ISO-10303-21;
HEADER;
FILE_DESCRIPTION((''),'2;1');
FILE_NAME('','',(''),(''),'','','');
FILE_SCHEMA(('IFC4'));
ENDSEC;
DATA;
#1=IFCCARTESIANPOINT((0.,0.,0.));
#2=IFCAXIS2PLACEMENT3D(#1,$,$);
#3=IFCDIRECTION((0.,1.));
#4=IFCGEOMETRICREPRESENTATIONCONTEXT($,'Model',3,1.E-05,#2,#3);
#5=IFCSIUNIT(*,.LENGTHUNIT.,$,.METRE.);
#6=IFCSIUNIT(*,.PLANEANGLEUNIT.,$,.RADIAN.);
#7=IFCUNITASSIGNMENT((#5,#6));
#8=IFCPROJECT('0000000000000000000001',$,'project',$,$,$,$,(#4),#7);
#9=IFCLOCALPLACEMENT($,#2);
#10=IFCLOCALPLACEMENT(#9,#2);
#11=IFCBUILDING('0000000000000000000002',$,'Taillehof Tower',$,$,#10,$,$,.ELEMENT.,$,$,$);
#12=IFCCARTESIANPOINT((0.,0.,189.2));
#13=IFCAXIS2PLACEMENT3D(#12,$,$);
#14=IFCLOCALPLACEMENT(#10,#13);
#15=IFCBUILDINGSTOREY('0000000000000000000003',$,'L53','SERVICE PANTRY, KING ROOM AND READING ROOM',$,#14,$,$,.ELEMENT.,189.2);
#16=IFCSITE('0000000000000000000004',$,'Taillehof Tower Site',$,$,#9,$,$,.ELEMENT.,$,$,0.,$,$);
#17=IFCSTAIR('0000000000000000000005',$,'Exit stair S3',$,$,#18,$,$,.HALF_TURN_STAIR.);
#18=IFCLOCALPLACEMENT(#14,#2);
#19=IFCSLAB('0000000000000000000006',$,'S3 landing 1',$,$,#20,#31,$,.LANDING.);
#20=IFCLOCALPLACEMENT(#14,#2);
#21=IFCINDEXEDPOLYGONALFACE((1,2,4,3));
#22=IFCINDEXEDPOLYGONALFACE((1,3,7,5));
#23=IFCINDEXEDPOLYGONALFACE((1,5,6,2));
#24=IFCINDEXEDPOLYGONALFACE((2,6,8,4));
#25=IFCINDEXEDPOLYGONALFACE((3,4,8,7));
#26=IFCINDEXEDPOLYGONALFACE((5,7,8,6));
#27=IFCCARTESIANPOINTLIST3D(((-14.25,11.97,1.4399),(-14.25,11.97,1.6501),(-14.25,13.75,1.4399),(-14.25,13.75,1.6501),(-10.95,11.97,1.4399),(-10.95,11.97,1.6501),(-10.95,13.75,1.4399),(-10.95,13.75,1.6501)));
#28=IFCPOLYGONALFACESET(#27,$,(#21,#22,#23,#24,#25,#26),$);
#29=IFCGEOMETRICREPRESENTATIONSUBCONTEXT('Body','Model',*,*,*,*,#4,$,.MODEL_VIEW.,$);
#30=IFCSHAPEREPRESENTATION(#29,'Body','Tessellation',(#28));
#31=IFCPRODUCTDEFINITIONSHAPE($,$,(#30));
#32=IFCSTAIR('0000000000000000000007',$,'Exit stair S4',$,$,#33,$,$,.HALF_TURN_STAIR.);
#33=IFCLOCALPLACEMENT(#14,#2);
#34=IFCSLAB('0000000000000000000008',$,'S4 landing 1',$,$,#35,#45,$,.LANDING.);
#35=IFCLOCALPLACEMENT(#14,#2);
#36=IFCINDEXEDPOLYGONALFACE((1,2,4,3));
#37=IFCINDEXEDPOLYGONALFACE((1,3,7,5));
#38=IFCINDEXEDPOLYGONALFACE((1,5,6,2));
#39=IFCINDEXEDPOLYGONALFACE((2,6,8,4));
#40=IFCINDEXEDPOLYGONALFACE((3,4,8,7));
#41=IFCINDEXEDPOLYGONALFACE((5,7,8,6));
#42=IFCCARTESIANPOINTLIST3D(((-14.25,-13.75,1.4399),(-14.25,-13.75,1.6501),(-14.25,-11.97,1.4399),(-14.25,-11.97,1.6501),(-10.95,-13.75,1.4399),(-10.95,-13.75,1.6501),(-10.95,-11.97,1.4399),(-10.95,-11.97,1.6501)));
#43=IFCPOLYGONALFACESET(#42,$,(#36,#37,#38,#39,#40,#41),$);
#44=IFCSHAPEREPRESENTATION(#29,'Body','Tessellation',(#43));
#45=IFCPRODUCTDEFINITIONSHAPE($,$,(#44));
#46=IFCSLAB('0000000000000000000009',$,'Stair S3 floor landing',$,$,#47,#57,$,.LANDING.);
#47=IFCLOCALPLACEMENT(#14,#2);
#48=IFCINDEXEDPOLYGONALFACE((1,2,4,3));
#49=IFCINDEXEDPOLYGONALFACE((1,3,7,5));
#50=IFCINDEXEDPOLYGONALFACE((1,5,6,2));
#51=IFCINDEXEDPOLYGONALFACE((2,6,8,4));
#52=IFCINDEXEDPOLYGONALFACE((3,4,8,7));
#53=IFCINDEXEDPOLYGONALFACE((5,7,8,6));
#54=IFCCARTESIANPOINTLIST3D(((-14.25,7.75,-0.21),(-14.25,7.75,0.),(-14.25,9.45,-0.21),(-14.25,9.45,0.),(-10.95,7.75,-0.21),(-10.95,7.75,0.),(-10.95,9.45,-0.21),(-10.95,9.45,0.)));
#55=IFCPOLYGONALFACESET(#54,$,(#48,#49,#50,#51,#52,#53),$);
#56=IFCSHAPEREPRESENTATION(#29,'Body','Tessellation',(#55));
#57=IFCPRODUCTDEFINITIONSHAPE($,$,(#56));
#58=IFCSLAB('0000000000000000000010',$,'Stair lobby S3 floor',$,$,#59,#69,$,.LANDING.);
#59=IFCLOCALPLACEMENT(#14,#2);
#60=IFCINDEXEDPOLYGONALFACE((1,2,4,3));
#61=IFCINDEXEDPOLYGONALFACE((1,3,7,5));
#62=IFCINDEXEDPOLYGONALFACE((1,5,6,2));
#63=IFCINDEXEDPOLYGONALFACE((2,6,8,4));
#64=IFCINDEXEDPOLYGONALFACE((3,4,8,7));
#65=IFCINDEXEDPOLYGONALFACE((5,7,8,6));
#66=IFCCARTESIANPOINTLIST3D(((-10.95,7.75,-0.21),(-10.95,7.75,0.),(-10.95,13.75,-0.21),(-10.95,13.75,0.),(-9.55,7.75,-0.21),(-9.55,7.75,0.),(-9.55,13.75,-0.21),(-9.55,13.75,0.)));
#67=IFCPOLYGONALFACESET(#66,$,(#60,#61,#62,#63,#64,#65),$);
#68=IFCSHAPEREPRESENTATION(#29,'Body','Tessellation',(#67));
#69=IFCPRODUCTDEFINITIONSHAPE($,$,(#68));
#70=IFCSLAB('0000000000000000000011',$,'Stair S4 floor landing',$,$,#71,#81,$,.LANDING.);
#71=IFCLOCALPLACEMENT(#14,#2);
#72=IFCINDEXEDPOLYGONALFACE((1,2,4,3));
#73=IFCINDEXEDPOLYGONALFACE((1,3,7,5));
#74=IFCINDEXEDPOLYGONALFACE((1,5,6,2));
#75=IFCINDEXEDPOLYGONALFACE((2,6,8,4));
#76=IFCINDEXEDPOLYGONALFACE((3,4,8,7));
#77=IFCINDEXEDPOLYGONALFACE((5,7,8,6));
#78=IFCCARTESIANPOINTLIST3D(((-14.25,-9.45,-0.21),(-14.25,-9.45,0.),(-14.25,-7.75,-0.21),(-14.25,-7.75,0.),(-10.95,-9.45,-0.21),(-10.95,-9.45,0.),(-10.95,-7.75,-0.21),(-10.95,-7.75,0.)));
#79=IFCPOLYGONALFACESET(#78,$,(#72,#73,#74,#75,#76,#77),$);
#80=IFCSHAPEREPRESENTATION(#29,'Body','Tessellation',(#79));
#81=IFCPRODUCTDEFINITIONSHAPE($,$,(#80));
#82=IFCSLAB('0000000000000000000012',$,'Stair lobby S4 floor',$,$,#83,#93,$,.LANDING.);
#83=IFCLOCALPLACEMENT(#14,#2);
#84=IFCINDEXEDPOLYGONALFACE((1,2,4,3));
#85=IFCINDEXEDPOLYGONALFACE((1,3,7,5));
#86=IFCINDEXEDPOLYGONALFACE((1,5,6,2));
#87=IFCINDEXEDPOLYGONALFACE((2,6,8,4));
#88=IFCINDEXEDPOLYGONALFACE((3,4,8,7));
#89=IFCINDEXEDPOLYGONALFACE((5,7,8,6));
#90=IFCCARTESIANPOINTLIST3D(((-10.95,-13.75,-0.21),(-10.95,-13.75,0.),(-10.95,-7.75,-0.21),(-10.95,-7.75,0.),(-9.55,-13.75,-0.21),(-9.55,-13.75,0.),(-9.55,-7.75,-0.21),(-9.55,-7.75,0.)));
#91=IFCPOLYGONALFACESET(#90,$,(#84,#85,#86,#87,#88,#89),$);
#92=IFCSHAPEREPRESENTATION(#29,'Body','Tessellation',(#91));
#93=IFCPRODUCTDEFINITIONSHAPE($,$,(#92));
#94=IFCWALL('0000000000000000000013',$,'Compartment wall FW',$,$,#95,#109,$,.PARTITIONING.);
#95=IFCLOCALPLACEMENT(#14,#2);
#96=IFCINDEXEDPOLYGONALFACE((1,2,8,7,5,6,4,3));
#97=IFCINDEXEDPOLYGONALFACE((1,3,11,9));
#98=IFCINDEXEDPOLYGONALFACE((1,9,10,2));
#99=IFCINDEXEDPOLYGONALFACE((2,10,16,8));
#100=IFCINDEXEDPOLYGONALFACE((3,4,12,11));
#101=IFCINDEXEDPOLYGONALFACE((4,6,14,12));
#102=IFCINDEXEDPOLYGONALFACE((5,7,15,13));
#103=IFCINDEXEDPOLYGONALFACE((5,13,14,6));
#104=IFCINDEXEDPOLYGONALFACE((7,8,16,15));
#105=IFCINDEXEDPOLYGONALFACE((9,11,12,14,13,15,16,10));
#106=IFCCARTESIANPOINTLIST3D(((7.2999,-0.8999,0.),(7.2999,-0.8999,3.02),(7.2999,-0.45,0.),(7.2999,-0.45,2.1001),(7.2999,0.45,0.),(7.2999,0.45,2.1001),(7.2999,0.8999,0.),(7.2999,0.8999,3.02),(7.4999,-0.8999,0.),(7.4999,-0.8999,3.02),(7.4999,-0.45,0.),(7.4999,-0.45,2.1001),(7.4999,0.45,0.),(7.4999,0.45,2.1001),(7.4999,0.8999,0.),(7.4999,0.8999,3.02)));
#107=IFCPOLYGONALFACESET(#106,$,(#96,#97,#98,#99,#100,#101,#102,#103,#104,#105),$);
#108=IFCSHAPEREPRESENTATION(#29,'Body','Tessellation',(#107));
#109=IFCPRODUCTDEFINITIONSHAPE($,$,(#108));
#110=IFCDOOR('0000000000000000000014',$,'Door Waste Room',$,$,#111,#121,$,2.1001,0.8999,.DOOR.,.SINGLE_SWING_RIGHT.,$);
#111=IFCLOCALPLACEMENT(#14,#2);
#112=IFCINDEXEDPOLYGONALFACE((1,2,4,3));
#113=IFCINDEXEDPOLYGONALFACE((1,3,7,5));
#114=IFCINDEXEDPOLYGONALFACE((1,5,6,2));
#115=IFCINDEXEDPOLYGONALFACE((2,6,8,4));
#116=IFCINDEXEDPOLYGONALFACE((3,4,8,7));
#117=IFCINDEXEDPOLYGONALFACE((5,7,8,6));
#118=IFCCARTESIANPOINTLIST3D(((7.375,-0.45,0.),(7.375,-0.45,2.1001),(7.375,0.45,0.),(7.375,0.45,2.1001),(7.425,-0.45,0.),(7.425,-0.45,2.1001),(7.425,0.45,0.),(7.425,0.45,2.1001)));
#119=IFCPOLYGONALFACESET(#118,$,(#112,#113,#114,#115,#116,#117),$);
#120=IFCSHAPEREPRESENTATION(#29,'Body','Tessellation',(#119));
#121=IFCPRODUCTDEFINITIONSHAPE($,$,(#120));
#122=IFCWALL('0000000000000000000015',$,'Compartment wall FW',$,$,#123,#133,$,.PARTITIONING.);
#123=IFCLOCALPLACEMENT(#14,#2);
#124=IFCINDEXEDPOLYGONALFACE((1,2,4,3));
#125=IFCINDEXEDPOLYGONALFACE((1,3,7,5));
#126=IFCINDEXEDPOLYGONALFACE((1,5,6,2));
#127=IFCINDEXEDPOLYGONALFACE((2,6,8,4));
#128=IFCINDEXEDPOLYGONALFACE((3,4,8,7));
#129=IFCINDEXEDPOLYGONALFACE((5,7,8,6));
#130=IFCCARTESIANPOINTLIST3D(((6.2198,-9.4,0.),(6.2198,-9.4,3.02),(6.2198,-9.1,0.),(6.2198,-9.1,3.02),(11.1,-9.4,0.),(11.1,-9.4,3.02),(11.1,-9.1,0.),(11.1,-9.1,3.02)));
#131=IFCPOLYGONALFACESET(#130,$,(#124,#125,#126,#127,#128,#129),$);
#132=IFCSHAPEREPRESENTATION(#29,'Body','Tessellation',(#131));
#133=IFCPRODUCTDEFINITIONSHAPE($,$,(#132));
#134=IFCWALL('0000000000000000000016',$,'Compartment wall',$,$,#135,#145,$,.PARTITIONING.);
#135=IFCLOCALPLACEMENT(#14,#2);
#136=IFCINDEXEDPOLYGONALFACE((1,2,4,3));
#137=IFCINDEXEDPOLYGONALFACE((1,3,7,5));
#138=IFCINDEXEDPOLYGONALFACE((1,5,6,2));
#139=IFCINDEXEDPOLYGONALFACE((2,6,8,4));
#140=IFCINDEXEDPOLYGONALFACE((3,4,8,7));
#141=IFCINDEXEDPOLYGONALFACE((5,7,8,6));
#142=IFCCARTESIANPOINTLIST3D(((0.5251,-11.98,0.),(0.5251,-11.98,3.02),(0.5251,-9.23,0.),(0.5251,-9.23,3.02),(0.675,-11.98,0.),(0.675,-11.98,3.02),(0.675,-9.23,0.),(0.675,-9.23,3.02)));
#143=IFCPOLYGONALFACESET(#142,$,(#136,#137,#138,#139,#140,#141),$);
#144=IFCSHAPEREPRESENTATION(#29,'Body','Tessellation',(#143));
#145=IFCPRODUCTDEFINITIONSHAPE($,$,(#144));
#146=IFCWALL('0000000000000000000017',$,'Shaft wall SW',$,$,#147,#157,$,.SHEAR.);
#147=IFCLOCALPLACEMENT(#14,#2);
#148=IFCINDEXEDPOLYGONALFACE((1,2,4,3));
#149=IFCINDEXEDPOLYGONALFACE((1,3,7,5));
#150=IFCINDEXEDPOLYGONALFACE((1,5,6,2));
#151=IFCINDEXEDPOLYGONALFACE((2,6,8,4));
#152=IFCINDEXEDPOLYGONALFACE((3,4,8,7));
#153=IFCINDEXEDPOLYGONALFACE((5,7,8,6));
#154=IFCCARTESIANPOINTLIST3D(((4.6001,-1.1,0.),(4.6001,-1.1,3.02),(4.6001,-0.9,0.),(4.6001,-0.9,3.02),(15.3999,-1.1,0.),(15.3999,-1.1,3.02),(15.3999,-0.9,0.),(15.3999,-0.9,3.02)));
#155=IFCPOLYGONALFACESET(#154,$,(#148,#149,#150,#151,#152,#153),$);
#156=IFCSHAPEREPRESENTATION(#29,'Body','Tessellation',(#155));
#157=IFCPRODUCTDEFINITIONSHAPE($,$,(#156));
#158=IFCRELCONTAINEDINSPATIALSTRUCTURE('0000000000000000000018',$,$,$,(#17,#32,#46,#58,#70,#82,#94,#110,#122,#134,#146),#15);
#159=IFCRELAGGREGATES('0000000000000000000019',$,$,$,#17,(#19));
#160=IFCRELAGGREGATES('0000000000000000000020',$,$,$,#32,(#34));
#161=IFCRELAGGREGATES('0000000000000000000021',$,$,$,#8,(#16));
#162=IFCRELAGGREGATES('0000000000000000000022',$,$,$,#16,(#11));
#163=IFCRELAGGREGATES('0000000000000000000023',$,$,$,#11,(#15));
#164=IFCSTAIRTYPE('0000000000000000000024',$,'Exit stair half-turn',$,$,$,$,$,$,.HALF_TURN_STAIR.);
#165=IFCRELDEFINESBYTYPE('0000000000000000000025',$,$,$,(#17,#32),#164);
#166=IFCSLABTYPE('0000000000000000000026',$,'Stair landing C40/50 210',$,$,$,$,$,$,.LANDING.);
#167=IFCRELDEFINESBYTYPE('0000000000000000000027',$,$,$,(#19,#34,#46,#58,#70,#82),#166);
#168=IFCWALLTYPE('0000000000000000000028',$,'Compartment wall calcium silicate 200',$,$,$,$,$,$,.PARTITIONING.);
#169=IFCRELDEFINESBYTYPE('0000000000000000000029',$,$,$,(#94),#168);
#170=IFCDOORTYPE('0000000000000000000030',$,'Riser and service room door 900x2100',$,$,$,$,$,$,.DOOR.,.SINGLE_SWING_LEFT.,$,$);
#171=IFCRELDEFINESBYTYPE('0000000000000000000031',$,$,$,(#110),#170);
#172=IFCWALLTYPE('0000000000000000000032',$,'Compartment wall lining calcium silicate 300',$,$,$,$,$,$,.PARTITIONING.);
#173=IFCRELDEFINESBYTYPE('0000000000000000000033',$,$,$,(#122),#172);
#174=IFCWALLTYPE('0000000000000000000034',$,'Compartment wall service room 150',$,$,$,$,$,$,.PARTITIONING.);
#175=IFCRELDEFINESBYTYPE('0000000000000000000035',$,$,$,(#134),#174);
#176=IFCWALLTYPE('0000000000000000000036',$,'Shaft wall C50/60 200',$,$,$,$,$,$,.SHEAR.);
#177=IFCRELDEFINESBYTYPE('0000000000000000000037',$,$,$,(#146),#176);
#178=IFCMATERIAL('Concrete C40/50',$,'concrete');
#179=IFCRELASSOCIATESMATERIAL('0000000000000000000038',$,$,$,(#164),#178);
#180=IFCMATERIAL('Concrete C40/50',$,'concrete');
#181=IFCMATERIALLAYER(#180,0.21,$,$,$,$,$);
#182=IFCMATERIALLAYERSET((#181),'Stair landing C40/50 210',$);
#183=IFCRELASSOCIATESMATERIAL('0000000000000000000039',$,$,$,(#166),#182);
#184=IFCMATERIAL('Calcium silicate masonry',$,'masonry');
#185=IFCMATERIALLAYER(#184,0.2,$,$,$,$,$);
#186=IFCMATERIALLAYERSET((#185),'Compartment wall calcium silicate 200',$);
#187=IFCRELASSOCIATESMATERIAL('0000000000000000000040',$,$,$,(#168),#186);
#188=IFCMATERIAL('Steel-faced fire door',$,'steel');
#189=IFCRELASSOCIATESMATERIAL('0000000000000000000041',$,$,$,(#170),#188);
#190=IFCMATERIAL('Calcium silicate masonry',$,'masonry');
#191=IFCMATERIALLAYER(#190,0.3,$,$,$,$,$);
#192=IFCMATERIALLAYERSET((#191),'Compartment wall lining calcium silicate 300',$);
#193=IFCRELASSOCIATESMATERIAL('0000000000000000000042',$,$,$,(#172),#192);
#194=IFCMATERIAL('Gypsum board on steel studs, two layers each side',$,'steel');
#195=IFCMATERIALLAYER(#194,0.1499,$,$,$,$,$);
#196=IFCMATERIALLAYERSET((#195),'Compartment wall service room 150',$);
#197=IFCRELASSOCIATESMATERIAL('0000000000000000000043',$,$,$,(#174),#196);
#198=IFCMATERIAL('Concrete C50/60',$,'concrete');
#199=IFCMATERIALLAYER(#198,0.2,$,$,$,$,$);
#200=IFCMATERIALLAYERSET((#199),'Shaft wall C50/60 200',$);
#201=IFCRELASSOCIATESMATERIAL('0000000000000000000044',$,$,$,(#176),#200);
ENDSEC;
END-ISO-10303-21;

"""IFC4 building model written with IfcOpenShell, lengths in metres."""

from ifc_helpers import new_model, si_unit, direction, frame, frame_2d, origin, place, context, subcontext, project, spatial, polyline, rectangle, outline, extrude, material, layer, layer_set, type_object, element, fill, aggregate, save


model = new_model("IFC4")

# Units and contexts
model_context = context("Model", 3, precision=1e-05, world=origin(), true_north=direction((0.0, 1.0)))
body_context = subcontext(model_context, "Body", "Model", "MODEL_VIEW")
ifc_project = project(units=[si_unit("LENGTHUNIT", "METRE"), si_unit("PLANEANGLEUNIT", "RADIAN")], contexts=[model_context])

# Site, building, storey
site_placement = place(None, origin())
site = spatial("IfcSite", under=ifc_project, at=site_placement, Name="Taillehof Tower Site", CompositionType="ELEMENT", RefElevation=0.0)
building_placement = place(site_placement, origin())
building = spatial("IfcBuilding", under=site, at=building_placement, Name="Taillehof Tower", CompositionType="ELEMENT")
storey_placement = place(building_placement, frame((0.0, 0.0, 189.2)))
storey = spatial("IfcBuildingStorey", under=building, at=storey_placement, Name="L53", Description="SERVICE PANTRY, KING ROOM AND READING ROOM", CompositionType="ELEMENT", Elevation=189.2)

# Stairs, slabs
ifc_material_1 = material(Name="Concrete C40/50", Category="concrete")
stair_type = type_object("IfcStairType", Name="Exit stair half-turn", PredefinedType="HALF_TURN_STAIR", material=ifc_material_1)
ifc_material_2 = material(Name="Concrete C40/50", Category="concrete")
ifc_layer_1 = layer(ifc_material_2, 0.21)
ifc_layer_set_1 = layer_set([ifc_layer_1], Name="Stair landing C40/50 210")
slab_type_1 = type_object("IfcSlabType", Name="Stair landing C40/50 210", PredefinedType="LANDING", material=ifc_layer_set_1)
stair_1_placement = place(storey_placement, origin())
stair_1 = element("IfcStair", 1, at=stair_1_placement, inside=storey, type_object=stair_type, Name="Exit stair S3", PredefinedType="HALF_TURN_STAIR")
slab_1_placement = place(storey_placement, frame((0.0, 0.0, 1.4399)))
slab_1 = element("IfcSlab", 2, at=slab_1_placement, type_object=slab_type_1, Name="S3 landing 1", PredefinedType="LANDING", context=body_context, shape_type="SweptSolid", body=[
    extrude(outline(polyline([(-14.25, 11.97), (-14.25, 13.75), (-10.95, 13.75), (-10.95, 11.97), (-14.25, 11.97)])), origin(), (0.0, 0.0, 1.0), 0.2102),
])
aggregate(stair_1, [slab_1])
stair_2_placement = place(storey_placement, origin())
stair_2 = element("IfcStair", 3, at=stair_2_placement, inside=storey, type_object=stair_type, Name="Exit stair S4", PredefinedType="HALF_TURN_STAIR")
slab_2_placement = place(storey_placement, frame((0.0, 0.0, 1.4399)))
slab_2 = element("IfcSlab", 4, at=slab_2_placement, type_object=slab_type_1, Name="S4 landing 1", PredefinedType="LANDING", context=body_context, shape_type="SweptSolid", body=[
    extrude(outline(polyline([(-14.25, -11.97), (-14.25, -13.75), (-10.95, -13.75), (-10.95, -11.97), (-14.25, -11.97)])), origin(), (0.0, 0.0, 1.0), 0.2102),
])
aggregate(stair_2, [slab_2])

# Slabs
slab_3_placement = place(storey_placement, frame((0.0, 0.0, -0.21)))
element("IfcSlab", 5, at=slab_3_placement, inside=storey, type_object=slab_type_1, Name="Stair S3 floor landing", PredefinedType="LANDING", context=body_context, shape_type="SweptSolid", body=[
    extrude(outline(polyline([(-14.25, 7.75), (-14.25, 9.45), (-10.95, 9.45), (-10.95, 7.75), (-14.25, 7.75)])), origin(), (0.0, 0.0, 1.0), 0.21),
])
slab_4_placement = place(storey_placement, frame((0.0, 0.0, -0.21)))
element("IfcSlab", 6, at=slab_4_placement, inside=storey, type_object=slab_type_1, Name="Stair lobby S3 floor", PredefinedType="LANDING", context=body_context, shape_type="SweptSolid", body=[
    extrude(outline(polyline([(-10.95, 7.75), (-9.55, 7.75), (-9.55, 13.75), (-10.95, 13.75), (-10.95, 7.75)])), origin(), (0.0, 0.0, 1.0), 0.21),
])
slab_5_placement = place(storey_placement, frame((0.0, 0.0, -0.21)))
element("IfcSlab", 7, at=slab_5_placement, inside=storey, type_object=slab_type_1, Name="Stair S4 floor landing", PredefinedType="LANDING", context=body_context, shape_type="SweptSolid", body=[
    extrude(outline(polyline([(-14.25, -7.75), (-14.25, -9.45), (-10.95, -9.45), (-10.95, -7.75), (-14.25, -7.75)])), origin(), (0.0, 0.0, 1.0), 0.21),
])
slab_6_placement = place(storey_placement, frame((0.0, 0.0, -0.21)))
element("IfcSlab", 8, at=slab_6_placement, inside=storey, type_object=slab_type_1, Name="Stair lobby S4 floor", PredefinedType="LANDING", context=body_context, shape_type="SweptSolid", body=[
    extrude(outline(polyline([(-10.95, -13.75), (-9.55, -13.75), (-9.55, -7.75), (-10.95, -7.75), (-10.95, -13.75)])), origin(), (0.0, 0.0, 1.0), 0.21),
])

# Wall, opening, door
ifc_material_3 = material(Name="Calcium silicate masonry", Category="masonry")
ifc_layer_2 = layer(ifc_material_3, 0.2)
ifc_layer_set_2 = layer_set([ifc_layer_2], Name="Compartment wall calcium silicate 200")
wall_type_1 = type_object("IfcWallType", Name="Compartment wall calcium silicate 200", PredefinedType="PARTITIONING", material=ifc_layer_set_2)
wall_1_placement = place(storey_placement, frame((7.3999, -0.8999, 0.0), z_axis=(0.0, 0.0, 1.0), x_axis=(0.0, 1.0, 0.0)))
wall_1 = element("IfcWall", 9, at=wall_1_placement, inside=storey, type_object=wall_type_1, Name="Compartment wall FW", PredefinedType="PARTITIONING", context=body_context, shape_type="SweptSolid", body=[
    extrude(rectangle(XDim=1.7998, YDim=0.2, at=frame_2d((0.8999, 0.0))), origin(), (0.0, 0.0, 1.0), 3.02),
])
opening_1_placement = place(wall_1_placement, frame((0.45, 0.0, 0.0)))
opening_1 = element("IfcOpeningElement", 10, at=opening_1_placement, cuts=wall_1, PredefinedType="OPENING", context=body_context, shape_type="SweptSolid", body=[
    extrude(rectangle(XDim=0.8999, YDim=2.1001, at=frame_2d((0.45, 1.05))), frame((0.0, 0.1099, 0.0), z_axis=(0.0, -1.0, 0.0), x_axis=(1.0, 0.0, 0.0)), (0.0, 0.0, 1.0), 0.22),
])
ifc_material_4 = material(Name="Steel-faced fire door", Category="steel")
door_type_1 = type_object("IfcDoorType", Name="Riser and service room door 900x2100", OperationType="SINGLE_SWING_LEFT", PredefinedType="DOOR", material=ifc_material_4)
door_1_placement = place(opening_1_placement, origin())
door_1 = element("IfcDoor", 11, at=door_1_placement, inside=storey, type_object=door_type_1, Name="Door Waste Room", OperationType="SINGLE_SWING_RIGHT", OverallHeight=2.1001, OverallWidth=0.8999, PredefinedType="DOOR", context=body_context, shape_type="SweptSolid", body=[
    extrude(rectangle(XDim=0.8999, YDim=2.1001, at=frame_2d((0.45, 1.05))), frame((0.0, 0.0249, 0.0), z_axis=(0.0, -1.0, 0.0), x_axis=(1.0, 0.0, 0.0)), (0.0, 0.0, 1.0), 0.05),
])
fill(opening_1, door_1)

# Walls
ifc_material_5 = material(Name="Calcium silicate masonry", Category="masonry")
ifc_layer_3 = layer(ifc_material_5, 0.3)
ifc_layer_set_3 = layer_set([ifc_layer_3], Name="Compartment wall lining calcium silicate 300")
wall_type_2 = type_object("IfcWallType", Name="Compartment wall lining calcium silicate 300", PredefinedType="PARTITIONING", material=ifc_layer_set_3)
wall_2_placement = place(storey_placement, frame((6.22, -9.25, 0.0), z_axis=(0.0, 0.0, 1.0), x_axis=(1.0, 0.0, 0.0)))
element("IfcWall", 12, at=wall_2_placement, inside=storey, type_object=wall_type_2, Name="Compartment wall FW", PredefinedType="PARTITIONING", context=body_context, shape_type="SweptSolid", body=[
    extrude(rectangle(XDim=4.8801, YDim=0.3, at=frame_2d((2.4399, 0.0))), origin(), (0.0, 0.0, 1.0), 3.02),
])
ifc_material_6 = material(Name="Gypsum board on steel studs, two layers each side", Category="steel")
ifc_layer_4 = layer(ifc_material_6, 0.1499)
ifc_layer_set_4 = layer_set([ifc_layer_4], Name="Compartment wall service room 150")
wall_type_3 = type_object("IfcWallType", Name="Compartment wall service room 150", PredefinedType="PARTITIONING", material=ifc_layer_set_4)
wall_3_placement = place(storey_placement, frame((0.6001, -9.23, 0.0), z_axis=(0.0, 0.0, 1.0), x_axis=(0.0, -1.0, 0.0)))
element("IfcWall", 13, at=wall_3_placement, inside=storey, type_object=wall_type_3, Name="Compartment wall", PredefinedType="PARTITIONING", context=body_context, shape_type="SweptSolid", body=[
    extrude(rectangle(XDim=2.75, YDim=0.1499, at=frame_2d((1.375, 0.0))), origin(), (0.0, 0.0, 1.0), 3.02),
])
ifc_material_7 = material(Name="Concrete C50/60", Category="concrete")
ifc_layer_5 = layer(ifc_material_7, 0.2)
ifc_layer_set_5 = layer_set([ifc_layer_5], Name="Shaft wall C50/60 200")
wall_type_4 = type_object("IfcWallType", Name="Shaft wall C50/60 200", PredefinedType="SHEAR", material=ifc_layer_set_5)
wall_4_placement = place(storey_placement, frame((4.6001, -1.0, 0.0), z_axis=(0.0, 0.0, 1.0), x_axis=(1.0, 0.0, 0.0)))
element("IfcWall", 14, at=wall_4_placement, inside=storey, type_object=wall_type_4, Name="Shaft wall SW", PredefinedType="SHEAR", context=body_context, shape_type="SweptSolid", body=[
    extrude(rectangle(XDim=10.7998, YDim=0.2, at=frame_2d((5.3999, 0.0))), origin(), (0.0, 0.0, 1.0), 3.02),
])

save(model, "model.ifc")
